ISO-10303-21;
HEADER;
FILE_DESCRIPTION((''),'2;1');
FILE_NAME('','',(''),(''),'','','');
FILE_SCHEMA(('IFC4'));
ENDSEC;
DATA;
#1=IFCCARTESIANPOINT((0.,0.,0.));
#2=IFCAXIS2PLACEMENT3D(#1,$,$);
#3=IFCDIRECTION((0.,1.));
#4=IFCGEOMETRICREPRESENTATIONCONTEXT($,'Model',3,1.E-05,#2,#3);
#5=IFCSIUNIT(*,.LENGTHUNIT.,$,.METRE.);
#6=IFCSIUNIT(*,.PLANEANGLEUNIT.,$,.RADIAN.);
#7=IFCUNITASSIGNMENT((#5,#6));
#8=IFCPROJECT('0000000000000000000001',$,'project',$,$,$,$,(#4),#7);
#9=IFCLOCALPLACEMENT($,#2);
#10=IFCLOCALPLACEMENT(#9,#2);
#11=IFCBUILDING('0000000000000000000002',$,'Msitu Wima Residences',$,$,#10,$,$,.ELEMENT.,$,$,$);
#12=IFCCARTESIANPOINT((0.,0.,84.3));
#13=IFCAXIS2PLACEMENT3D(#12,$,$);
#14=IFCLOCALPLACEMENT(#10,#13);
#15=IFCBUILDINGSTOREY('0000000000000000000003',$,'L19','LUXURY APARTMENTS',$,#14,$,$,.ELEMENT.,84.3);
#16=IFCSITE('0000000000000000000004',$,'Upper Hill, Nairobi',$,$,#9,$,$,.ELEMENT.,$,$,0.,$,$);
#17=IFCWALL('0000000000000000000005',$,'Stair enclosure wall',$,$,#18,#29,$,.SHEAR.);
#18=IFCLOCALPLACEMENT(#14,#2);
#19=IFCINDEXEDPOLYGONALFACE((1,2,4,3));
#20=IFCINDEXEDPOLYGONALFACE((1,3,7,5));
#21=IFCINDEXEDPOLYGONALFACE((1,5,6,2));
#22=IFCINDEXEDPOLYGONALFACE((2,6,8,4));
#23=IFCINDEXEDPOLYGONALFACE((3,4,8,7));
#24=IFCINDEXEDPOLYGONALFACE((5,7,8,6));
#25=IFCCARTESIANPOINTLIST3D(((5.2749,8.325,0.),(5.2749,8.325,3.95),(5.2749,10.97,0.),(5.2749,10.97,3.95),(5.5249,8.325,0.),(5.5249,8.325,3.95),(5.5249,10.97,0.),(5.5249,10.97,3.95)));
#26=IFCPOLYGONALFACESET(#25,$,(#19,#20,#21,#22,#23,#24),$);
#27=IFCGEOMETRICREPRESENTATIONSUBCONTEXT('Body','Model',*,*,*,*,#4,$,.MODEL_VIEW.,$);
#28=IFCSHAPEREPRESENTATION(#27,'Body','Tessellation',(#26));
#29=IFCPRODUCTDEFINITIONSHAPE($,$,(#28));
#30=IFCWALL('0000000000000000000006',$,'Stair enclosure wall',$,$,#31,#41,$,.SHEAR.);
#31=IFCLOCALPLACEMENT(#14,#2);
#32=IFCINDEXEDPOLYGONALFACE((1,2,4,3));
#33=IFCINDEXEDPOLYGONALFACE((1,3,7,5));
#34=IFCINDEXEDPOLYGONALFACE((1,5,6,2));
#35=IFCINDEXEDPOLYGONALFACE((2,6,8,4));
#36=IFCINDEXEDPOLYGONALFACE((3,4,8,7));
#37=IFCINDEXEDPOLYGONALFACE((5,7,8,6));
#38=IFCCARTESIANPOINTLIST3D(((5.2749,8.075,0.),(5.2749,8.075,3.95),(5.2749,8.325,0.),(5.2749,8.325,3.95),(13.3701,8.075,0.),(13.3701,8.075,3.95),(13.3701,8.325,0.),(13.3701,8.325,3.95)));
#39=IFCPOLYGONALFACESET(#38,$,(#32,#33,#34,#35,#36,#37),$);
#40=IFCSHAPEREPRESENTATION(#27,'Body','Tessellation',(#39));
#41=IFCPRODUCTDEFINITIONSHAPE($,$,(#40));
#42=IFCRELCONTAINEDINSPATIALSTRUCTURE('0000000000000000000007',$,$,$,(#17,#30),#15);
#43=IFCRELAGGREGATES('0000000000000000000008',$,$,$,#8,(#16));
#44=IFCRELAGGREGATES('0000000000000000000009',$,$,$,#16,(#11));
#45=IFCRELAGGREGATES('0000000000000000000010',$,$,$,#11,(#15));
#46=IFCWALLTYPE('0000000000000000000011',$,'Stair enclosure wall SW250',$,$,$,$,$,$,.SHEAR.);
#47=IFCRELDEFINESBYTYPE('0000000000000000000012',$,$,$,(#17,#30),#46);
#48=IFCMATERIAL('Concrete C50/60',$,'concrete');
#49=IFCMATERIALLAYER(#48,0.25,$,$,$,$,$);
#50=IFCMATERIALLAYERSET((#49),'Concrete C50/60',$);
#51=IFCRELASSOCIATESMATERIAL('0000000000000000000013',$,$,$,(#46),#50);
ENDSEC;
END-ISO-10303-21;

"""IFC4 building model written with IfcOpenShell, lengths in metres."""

from ifc_helpers import new_model, si_unit, direction, frame, frame_2d, origin, place, context, subcontext, project, spatial, rectangle, extrude, material, layer, layer_set, type_object, element, save


model = new_model("IFC4")

# Units and contexts
model_context = context("Model", 3, precision=1e-05, world=origin(), true_north=direction((0.0, 1.0)))
body_context = subcontext(model_context, "Body", "Model", "MODEL_VIEW")
ifc_project = project(units=[si_unit("LENGTHUNIT", "METRE"), si_unit("PLANEANGLEUNIT", "RADIAN")], contexts=[model_context])

# Site, building, storey
site_placement = place(None, origin())
site = spatial("IfcSite", under=ifc_project, at=site_placement, Name="Upper Hill, Nairobi", CompositionType="ELEMENT", RefElevation=0.0)
building_placement = place(site_placement, origin())
building = spatial("IfcBuilding", under=site, at=building_placement, Name="Msitu Wima Residences", CompositionType="ELEMENT")
storey_placement = place(building_placement, frame((0.0, 0.0, 84.3)))
storey = spatial("IfcBuildingStorey", under=building, at=storey_placement, Name="L19", Description="LUXURY APARTMENTS", CompositionType="ELEMENT", Elevation=84.3)

# Walls
ifc_material_1 = material(Name="Concrete C50/60", Category="concrete")
ifc_layer_1 = layer(ifc_material_1, 0.25)
ifc_layer_set_1 = layer_set([ifc_layer_1], Name="Concrete C50/60")
wall_type_1 = type_object("IfcWallType", Name="Stair enclosure wall SW250", PredefinedType="SHEAR", material=ifc_layer_set_1)
wall_1_placement = place(storey_placement, frame((5.3999, 8.325, 0.0), z_axis=(0.0, 0.0, 1.0), x_axis=(0.0, 1.0, 0.0)))
element("IfcWall", 1, at=wall_1_placement, inside=storey, type_object=wall_type_1, Name="Stair enclosure wall", PredefinedType="SHEAR", context=body_context, shape_type="SweptSolid", body=[
    extrude(rectangle(XDim=2.645, YDim=0.25, at=frame_2d((1.3225, 0.0))), origin(), (0.0, 0.0, 1.0), 3.95),
])
wall_2_placement = place(storey_placement, frame((5.2749, 8.2, 0.0), z_axis=(0.0, 0.0, 1.0), x_axis=(1.0, 0.0, 0.0)))
element("IfcWall", 2, at=wall_2_placement, inside=storey, type_object=wall_type_1, Name="Stair enclosure wall", PredefinedType="SHEAR", context=body_context, shape_type="SweptSolid", body=[
    extrude(rectangle(XDim=8.0952, YDim=0.25, at=frame_2d((4.0476, 0.0))), origin(), (0.0, 0.0, 1.0), 3.95),
])

save(model, "model.ifc")
